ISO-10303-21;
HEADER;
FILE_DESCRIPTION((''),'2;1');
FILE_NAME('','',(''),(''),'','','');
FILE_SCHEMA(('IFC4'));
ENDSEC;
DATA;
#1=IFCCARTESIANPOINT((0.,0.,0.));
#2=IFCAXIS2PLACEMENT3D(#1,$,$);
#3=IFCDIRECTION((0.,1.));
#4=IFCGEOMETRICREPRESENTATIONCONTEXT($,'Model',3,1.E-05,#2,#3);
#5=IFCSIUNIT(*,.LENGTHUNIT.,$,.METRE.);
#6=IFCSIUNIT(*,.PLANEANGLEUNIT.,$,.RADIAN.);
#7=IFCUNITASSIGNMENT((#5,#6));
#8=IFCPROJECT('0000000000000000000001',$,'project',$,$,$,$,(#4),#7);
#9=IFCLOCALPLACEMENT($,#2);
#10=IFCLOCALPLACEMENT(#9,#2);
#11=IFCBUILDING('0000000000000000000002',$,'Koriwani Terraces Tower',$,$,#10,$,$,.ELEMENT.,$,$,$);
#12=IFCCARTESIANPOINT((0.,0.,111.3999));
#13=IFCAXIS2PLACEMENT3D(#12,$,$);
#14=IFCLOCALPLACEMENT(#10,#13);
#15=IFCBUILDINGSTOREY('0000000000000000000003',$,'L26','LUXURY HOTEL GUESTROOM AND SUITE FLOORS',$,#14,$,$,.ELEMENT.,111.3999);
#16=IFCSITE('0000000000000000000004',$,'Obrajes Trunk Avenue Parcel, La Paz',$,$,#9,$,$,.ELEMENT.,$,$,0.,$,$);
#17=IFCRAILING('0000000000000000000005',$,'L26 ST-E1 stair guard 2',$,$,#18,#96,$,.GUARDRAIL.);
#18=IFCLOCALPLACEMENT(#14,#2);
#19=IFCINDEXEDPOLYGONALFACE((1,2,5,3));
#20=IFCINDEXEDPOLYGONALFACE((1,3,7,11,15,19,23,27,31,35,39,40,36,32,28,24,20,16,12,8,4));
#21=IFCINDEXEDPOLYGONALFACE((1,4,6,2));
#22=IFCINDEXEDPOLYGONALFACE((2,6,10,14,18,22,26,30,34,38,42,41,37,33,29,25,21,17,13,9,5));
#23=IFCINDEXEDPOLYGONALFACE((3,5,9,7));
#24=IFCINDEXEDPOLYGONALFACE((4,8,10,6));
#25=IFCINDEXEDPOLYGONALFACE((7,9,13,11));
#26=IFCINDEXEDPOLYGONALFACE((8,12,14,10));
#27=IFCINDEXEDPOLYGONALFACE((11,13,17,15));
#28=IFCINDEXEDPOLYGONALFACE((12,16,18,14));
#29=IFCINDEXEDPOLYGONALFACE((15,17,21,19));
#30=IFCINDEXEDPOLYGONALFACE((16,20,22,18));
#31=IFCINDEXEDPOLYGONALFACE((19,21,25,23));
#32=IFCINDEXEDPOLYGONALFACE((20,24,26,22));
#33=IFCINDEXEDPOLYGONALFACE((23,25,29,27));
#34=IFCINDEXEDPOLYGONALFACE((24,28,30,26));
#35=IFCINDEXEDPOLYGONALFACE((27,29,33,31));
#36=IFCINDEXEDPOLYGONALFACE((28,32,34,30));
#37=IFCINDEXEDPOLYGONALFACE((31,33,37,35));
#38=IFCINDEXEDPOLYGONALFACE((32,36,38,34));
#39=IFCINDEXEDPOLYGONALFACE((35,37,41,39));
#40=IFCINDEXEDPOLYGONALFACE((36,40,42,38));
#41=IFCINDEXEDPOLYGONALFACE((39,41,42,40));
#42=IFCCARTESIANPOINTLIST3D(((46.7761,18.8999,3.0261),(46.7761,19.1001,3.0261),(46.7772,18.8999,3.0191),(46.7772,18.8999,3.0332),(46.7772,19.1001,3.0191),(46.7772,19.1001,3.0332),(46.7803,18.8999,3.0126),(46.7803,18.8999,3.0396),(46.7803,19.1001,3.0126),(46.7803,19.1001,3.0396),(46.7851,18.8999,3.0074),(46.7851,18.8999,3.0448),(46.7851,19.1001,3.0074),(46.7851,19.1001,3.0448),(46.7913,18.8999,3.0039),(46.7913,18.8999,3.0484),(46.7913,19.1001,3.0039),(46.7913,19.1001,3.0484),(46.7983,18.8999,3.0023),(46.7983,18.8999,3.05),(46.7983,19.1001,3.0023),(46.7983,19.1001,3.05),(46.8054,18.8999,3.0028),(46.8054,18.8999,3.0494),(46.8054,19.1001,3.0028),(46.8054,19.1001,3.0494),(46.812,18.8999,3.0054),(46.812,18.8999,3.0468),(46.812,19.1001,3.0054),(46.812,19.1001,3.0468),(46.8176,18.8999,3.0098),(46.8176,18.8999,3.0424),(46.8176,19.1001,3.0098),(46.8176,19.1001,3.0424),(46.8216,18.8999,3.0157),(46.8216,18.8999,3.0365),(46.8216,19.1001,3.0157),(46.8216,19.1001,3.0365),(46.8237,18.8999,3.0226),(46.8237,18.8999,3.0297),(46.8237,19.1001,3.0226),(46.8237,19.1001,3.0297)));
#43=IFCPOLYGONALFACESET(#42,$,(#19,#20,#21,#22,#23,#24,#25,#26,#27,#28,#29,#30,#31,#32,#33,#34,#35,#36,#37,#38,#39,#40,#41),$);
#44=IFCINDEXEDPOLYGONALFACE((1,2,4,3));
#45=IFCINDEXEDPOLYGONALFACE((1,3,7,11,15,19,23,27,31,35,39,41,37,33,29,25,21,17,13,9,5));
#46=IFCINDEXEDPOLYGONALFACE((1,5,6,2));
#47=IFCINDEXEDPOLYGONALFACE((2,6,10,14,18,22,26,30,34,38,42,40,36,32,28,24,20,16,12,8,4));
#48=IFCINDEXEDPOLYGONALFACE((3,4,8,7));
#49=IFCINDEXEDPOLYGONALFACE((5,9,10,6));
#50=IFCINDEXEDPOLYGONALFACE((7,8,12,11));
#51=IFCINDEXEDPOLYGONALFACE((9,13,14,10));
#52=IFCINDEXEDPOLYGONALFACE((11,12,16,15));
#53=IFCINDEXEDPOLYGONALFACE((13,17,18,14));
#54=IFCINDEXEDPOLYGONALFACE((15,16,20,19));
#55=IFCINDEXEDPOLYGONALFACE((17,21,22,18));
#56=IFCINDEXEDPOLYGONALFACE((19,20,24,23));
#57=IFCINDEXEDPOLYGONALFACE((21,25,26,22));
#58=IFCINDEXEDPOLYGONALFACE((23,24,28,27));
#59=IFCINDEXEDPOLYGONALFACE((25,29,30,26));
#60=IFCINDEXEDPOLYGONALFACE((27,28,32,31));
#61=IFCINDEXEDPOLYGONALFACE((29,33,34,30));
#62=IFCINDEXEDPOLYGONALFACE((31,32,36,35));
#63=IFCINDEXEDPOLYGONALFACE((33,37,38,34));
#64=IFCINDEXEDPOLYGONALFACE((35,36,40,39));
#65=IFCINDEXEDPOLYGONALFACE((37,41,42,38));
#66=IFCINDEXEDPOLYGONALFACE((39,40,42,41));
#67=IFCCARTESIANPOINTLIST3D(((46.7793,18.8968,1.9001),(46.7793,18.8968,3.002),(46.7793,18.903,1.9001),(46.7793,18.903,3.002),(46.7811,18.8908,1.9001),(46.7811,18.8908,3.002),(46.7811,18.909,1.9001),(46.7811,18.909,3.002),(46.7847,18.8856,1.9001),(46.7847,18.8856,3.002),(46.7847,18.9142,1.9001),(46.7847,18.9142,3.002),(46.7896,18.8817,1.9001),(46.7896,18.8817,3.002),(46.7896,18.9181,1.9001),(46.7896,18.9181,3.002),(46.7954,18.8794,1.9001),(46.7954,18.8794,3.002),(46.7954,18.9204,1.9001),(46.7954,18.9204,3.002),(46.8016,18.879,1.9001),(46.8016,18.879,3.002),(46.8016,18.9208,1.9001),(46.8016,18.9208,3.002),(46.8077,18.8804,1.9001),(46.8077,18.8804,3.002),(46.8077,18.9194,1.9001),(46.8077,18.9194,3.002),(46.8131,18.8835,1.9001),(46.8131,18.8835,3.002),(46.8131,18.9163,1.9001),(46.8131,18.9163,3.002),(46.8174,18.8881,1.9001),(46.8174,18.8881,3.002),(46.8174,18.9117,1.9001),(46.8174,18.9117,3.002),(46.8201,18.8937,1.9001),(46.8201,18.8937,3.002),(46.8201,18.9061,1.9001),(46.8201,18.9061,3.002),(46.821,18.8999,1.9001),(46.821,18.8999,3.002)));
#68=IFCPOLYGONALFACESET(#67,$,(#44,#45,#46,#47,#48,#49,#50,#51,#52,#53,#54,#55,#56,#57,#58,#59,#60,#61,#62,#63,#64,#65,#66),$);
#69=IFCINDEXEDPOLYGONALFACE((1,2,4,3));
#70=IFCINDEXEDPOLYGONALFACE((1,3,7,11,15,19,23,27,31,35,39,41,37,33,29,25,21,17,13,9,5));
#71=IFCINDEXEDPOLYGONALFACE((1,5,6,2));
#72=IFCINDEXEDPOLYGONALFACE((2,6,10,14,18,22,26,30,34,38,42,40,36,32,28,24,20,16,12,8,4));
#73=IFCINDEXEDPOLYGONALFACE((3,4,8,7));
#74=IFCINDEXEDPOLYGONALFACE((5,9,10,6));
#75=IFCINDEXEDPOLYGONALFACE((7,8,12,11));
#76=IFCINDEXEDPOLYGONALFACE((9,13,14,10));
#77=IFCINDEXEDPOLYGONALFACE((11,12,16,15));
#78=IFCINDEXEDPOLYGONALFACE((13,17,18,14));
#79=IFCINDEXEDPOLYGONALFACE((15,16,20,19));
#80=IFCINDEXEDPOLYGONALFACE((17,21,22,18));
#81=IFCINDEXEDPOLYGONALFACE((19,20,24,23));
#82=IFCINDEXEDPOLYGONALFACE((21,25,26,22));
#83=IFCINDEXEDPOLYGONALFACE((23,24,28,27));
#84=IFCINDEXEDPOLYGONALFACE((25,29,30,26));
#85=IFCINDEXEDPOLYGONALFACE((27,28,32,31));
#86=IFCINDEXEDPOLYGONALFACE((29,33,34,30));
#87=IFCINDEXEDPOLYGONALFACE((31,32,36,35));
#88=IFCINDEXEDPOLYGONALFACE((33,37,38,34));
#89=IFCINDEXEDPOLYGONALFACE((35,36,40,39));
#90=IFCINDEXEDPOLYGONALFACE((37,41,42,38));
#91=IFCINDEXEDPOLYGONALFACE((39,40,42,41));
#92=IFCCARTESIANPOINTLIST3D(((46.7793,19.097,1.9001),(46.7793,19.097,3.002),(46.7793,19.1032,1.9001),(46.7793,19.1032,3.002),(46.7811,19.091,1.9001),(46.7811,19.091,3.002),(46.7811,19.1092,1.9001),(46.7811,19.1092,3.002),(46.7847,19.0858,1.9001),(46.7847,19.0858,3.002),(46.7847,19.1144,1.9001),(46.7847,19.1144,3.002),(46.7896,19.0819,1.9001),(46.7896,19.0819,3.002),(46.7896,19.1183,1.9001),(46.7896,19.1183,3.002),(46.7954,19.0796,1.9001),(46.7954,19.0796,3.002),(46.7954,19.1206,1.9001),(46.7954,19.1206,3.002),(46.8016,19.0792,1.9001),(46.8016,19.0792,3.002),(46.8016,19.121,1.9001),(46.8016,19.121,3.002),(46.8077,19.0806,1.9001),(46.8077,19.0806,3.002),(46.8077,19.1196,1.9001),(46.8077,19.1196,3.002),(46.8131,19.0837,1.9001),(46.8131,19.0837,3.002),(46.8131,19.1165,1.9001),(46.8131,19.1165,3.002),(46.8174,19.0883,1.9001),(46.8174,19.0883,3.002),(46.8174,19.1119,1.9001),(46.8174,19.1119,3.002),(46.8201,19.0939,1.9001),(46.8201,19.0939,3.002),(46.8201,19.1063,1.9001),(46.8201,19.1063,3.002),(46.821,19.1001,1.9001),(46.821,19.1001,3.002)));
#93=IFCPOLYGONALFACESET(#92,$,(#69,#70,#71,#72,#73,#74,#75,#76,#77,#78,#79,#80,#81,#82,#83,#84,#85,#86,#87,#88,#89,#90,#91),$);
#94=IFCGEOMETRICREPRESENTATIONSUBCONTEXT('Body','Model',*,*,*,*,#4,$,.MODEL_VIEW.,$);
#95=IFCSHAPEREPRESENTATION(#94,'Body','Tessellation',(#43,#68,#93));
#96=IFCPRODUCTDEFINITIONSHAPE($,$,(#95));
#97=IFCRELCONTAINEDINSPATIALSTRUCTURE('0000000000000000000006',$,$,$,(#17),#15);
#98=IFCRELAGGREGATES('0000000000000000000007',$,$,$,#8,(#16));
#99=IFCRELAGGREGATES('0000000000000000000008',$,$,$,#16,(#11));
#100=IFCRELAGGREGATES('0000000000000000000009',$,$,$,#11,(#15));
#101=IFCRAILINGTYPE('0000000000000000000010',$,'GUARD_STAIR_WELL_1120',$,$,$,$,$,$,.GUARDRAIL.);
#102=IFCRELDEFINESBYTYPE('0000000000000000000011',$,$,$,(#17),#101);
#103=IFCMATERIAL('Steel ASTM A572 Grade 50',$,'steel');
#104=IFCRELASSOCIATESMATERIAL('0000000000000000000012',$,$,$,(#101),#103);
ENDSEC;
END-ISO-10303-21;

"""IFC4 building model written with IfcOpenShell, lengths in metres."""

from ifc_helpers import new_model, si_unit, direction, frame, origin, origin_2d, place, context, subcontext, project, spatial, circle, extrude, material, type_object, element, save


model = new_model("IFC4")

# Units and contexts
model_context = context("Model", 3, precision=1e-05, world=origin(), true_north=direction((0.0, 1.0)))
body_context = subcontext(model_context, "Body", "Model", "MODEL_VIEW")
ifc_project = project(units=[si_unit("LENGTHUNIT", "METRE"), si_unit("PLANEANGLEUNIT", "RADIAN")], contexts=[model_context])

# Site, building, storey
site_placement = place(None, origin())
site = spatial("IfcSite", under=ifc_project, at=site_placement, Name="Obrajes Trunk Avenue Parcel, La Paz", CompositionType="ELEMENT", RefElevation=0.0)
building_placement = place(site_placement, origin())
building = spatial("IfcBuilding", under=site, at=building_placement, Name="Koriwani Terraces Tower", CompositionType="ELEMENT")
storey_placement = place(building_placement, frame((0.0, 0.0, 111.3999)))
storey = spatial("IfcBuildingStorey", under=building, at=storey_placement, Name="L26", Description="LUXURY HOTEL GUESTROOM AND SUITE FLOORS", CompositionType="ELEMENT", Elevation=111.3999)

# Shared definitions
ifc_material_1 = material(Name="Steel ASTM A572 Grade 50", Category="steel")

# Railing
railing_type_1 = type_object("IfcRailingType", Name="GUARD_STAIR_WELL_1120", PredefinedType="GUARDRAIL", material=ifc_material_1)
railing_1_placement = place(storey_placement, frame((46.8, 18.8999, 1.9001)))
element("IfcRailing", 1, at=railing_1_placement, inside=storey, type_object=railing_type_1, Name="L26 ST-E1 stair guard 2", PredefinedType="GUARDRAIL", context=body_context, shape_type="SweptSolid", body=[
    extrude(circle(Radius=0.0239, at=origin_2d()), frame((0.0, 0.0, 1.126), z_axis=(0.0, 1.0, 0.0), x_axis=(-1.0, 0.0, 0.0)), (0.0, 0.0, 1.0), 0.2002),
    extrude(circle(Radius=0.021, at=origin_2d()), origin(), (0.0, 0.0, 1.0), 1.1018),
    extrude(circle(Radius=0.021, at=origin_2d()), frame((0.0, 0.2002, 0.0)), (0.0, 0.0, 1.0), 1.1018),
])

save(model, "model.ifc")
